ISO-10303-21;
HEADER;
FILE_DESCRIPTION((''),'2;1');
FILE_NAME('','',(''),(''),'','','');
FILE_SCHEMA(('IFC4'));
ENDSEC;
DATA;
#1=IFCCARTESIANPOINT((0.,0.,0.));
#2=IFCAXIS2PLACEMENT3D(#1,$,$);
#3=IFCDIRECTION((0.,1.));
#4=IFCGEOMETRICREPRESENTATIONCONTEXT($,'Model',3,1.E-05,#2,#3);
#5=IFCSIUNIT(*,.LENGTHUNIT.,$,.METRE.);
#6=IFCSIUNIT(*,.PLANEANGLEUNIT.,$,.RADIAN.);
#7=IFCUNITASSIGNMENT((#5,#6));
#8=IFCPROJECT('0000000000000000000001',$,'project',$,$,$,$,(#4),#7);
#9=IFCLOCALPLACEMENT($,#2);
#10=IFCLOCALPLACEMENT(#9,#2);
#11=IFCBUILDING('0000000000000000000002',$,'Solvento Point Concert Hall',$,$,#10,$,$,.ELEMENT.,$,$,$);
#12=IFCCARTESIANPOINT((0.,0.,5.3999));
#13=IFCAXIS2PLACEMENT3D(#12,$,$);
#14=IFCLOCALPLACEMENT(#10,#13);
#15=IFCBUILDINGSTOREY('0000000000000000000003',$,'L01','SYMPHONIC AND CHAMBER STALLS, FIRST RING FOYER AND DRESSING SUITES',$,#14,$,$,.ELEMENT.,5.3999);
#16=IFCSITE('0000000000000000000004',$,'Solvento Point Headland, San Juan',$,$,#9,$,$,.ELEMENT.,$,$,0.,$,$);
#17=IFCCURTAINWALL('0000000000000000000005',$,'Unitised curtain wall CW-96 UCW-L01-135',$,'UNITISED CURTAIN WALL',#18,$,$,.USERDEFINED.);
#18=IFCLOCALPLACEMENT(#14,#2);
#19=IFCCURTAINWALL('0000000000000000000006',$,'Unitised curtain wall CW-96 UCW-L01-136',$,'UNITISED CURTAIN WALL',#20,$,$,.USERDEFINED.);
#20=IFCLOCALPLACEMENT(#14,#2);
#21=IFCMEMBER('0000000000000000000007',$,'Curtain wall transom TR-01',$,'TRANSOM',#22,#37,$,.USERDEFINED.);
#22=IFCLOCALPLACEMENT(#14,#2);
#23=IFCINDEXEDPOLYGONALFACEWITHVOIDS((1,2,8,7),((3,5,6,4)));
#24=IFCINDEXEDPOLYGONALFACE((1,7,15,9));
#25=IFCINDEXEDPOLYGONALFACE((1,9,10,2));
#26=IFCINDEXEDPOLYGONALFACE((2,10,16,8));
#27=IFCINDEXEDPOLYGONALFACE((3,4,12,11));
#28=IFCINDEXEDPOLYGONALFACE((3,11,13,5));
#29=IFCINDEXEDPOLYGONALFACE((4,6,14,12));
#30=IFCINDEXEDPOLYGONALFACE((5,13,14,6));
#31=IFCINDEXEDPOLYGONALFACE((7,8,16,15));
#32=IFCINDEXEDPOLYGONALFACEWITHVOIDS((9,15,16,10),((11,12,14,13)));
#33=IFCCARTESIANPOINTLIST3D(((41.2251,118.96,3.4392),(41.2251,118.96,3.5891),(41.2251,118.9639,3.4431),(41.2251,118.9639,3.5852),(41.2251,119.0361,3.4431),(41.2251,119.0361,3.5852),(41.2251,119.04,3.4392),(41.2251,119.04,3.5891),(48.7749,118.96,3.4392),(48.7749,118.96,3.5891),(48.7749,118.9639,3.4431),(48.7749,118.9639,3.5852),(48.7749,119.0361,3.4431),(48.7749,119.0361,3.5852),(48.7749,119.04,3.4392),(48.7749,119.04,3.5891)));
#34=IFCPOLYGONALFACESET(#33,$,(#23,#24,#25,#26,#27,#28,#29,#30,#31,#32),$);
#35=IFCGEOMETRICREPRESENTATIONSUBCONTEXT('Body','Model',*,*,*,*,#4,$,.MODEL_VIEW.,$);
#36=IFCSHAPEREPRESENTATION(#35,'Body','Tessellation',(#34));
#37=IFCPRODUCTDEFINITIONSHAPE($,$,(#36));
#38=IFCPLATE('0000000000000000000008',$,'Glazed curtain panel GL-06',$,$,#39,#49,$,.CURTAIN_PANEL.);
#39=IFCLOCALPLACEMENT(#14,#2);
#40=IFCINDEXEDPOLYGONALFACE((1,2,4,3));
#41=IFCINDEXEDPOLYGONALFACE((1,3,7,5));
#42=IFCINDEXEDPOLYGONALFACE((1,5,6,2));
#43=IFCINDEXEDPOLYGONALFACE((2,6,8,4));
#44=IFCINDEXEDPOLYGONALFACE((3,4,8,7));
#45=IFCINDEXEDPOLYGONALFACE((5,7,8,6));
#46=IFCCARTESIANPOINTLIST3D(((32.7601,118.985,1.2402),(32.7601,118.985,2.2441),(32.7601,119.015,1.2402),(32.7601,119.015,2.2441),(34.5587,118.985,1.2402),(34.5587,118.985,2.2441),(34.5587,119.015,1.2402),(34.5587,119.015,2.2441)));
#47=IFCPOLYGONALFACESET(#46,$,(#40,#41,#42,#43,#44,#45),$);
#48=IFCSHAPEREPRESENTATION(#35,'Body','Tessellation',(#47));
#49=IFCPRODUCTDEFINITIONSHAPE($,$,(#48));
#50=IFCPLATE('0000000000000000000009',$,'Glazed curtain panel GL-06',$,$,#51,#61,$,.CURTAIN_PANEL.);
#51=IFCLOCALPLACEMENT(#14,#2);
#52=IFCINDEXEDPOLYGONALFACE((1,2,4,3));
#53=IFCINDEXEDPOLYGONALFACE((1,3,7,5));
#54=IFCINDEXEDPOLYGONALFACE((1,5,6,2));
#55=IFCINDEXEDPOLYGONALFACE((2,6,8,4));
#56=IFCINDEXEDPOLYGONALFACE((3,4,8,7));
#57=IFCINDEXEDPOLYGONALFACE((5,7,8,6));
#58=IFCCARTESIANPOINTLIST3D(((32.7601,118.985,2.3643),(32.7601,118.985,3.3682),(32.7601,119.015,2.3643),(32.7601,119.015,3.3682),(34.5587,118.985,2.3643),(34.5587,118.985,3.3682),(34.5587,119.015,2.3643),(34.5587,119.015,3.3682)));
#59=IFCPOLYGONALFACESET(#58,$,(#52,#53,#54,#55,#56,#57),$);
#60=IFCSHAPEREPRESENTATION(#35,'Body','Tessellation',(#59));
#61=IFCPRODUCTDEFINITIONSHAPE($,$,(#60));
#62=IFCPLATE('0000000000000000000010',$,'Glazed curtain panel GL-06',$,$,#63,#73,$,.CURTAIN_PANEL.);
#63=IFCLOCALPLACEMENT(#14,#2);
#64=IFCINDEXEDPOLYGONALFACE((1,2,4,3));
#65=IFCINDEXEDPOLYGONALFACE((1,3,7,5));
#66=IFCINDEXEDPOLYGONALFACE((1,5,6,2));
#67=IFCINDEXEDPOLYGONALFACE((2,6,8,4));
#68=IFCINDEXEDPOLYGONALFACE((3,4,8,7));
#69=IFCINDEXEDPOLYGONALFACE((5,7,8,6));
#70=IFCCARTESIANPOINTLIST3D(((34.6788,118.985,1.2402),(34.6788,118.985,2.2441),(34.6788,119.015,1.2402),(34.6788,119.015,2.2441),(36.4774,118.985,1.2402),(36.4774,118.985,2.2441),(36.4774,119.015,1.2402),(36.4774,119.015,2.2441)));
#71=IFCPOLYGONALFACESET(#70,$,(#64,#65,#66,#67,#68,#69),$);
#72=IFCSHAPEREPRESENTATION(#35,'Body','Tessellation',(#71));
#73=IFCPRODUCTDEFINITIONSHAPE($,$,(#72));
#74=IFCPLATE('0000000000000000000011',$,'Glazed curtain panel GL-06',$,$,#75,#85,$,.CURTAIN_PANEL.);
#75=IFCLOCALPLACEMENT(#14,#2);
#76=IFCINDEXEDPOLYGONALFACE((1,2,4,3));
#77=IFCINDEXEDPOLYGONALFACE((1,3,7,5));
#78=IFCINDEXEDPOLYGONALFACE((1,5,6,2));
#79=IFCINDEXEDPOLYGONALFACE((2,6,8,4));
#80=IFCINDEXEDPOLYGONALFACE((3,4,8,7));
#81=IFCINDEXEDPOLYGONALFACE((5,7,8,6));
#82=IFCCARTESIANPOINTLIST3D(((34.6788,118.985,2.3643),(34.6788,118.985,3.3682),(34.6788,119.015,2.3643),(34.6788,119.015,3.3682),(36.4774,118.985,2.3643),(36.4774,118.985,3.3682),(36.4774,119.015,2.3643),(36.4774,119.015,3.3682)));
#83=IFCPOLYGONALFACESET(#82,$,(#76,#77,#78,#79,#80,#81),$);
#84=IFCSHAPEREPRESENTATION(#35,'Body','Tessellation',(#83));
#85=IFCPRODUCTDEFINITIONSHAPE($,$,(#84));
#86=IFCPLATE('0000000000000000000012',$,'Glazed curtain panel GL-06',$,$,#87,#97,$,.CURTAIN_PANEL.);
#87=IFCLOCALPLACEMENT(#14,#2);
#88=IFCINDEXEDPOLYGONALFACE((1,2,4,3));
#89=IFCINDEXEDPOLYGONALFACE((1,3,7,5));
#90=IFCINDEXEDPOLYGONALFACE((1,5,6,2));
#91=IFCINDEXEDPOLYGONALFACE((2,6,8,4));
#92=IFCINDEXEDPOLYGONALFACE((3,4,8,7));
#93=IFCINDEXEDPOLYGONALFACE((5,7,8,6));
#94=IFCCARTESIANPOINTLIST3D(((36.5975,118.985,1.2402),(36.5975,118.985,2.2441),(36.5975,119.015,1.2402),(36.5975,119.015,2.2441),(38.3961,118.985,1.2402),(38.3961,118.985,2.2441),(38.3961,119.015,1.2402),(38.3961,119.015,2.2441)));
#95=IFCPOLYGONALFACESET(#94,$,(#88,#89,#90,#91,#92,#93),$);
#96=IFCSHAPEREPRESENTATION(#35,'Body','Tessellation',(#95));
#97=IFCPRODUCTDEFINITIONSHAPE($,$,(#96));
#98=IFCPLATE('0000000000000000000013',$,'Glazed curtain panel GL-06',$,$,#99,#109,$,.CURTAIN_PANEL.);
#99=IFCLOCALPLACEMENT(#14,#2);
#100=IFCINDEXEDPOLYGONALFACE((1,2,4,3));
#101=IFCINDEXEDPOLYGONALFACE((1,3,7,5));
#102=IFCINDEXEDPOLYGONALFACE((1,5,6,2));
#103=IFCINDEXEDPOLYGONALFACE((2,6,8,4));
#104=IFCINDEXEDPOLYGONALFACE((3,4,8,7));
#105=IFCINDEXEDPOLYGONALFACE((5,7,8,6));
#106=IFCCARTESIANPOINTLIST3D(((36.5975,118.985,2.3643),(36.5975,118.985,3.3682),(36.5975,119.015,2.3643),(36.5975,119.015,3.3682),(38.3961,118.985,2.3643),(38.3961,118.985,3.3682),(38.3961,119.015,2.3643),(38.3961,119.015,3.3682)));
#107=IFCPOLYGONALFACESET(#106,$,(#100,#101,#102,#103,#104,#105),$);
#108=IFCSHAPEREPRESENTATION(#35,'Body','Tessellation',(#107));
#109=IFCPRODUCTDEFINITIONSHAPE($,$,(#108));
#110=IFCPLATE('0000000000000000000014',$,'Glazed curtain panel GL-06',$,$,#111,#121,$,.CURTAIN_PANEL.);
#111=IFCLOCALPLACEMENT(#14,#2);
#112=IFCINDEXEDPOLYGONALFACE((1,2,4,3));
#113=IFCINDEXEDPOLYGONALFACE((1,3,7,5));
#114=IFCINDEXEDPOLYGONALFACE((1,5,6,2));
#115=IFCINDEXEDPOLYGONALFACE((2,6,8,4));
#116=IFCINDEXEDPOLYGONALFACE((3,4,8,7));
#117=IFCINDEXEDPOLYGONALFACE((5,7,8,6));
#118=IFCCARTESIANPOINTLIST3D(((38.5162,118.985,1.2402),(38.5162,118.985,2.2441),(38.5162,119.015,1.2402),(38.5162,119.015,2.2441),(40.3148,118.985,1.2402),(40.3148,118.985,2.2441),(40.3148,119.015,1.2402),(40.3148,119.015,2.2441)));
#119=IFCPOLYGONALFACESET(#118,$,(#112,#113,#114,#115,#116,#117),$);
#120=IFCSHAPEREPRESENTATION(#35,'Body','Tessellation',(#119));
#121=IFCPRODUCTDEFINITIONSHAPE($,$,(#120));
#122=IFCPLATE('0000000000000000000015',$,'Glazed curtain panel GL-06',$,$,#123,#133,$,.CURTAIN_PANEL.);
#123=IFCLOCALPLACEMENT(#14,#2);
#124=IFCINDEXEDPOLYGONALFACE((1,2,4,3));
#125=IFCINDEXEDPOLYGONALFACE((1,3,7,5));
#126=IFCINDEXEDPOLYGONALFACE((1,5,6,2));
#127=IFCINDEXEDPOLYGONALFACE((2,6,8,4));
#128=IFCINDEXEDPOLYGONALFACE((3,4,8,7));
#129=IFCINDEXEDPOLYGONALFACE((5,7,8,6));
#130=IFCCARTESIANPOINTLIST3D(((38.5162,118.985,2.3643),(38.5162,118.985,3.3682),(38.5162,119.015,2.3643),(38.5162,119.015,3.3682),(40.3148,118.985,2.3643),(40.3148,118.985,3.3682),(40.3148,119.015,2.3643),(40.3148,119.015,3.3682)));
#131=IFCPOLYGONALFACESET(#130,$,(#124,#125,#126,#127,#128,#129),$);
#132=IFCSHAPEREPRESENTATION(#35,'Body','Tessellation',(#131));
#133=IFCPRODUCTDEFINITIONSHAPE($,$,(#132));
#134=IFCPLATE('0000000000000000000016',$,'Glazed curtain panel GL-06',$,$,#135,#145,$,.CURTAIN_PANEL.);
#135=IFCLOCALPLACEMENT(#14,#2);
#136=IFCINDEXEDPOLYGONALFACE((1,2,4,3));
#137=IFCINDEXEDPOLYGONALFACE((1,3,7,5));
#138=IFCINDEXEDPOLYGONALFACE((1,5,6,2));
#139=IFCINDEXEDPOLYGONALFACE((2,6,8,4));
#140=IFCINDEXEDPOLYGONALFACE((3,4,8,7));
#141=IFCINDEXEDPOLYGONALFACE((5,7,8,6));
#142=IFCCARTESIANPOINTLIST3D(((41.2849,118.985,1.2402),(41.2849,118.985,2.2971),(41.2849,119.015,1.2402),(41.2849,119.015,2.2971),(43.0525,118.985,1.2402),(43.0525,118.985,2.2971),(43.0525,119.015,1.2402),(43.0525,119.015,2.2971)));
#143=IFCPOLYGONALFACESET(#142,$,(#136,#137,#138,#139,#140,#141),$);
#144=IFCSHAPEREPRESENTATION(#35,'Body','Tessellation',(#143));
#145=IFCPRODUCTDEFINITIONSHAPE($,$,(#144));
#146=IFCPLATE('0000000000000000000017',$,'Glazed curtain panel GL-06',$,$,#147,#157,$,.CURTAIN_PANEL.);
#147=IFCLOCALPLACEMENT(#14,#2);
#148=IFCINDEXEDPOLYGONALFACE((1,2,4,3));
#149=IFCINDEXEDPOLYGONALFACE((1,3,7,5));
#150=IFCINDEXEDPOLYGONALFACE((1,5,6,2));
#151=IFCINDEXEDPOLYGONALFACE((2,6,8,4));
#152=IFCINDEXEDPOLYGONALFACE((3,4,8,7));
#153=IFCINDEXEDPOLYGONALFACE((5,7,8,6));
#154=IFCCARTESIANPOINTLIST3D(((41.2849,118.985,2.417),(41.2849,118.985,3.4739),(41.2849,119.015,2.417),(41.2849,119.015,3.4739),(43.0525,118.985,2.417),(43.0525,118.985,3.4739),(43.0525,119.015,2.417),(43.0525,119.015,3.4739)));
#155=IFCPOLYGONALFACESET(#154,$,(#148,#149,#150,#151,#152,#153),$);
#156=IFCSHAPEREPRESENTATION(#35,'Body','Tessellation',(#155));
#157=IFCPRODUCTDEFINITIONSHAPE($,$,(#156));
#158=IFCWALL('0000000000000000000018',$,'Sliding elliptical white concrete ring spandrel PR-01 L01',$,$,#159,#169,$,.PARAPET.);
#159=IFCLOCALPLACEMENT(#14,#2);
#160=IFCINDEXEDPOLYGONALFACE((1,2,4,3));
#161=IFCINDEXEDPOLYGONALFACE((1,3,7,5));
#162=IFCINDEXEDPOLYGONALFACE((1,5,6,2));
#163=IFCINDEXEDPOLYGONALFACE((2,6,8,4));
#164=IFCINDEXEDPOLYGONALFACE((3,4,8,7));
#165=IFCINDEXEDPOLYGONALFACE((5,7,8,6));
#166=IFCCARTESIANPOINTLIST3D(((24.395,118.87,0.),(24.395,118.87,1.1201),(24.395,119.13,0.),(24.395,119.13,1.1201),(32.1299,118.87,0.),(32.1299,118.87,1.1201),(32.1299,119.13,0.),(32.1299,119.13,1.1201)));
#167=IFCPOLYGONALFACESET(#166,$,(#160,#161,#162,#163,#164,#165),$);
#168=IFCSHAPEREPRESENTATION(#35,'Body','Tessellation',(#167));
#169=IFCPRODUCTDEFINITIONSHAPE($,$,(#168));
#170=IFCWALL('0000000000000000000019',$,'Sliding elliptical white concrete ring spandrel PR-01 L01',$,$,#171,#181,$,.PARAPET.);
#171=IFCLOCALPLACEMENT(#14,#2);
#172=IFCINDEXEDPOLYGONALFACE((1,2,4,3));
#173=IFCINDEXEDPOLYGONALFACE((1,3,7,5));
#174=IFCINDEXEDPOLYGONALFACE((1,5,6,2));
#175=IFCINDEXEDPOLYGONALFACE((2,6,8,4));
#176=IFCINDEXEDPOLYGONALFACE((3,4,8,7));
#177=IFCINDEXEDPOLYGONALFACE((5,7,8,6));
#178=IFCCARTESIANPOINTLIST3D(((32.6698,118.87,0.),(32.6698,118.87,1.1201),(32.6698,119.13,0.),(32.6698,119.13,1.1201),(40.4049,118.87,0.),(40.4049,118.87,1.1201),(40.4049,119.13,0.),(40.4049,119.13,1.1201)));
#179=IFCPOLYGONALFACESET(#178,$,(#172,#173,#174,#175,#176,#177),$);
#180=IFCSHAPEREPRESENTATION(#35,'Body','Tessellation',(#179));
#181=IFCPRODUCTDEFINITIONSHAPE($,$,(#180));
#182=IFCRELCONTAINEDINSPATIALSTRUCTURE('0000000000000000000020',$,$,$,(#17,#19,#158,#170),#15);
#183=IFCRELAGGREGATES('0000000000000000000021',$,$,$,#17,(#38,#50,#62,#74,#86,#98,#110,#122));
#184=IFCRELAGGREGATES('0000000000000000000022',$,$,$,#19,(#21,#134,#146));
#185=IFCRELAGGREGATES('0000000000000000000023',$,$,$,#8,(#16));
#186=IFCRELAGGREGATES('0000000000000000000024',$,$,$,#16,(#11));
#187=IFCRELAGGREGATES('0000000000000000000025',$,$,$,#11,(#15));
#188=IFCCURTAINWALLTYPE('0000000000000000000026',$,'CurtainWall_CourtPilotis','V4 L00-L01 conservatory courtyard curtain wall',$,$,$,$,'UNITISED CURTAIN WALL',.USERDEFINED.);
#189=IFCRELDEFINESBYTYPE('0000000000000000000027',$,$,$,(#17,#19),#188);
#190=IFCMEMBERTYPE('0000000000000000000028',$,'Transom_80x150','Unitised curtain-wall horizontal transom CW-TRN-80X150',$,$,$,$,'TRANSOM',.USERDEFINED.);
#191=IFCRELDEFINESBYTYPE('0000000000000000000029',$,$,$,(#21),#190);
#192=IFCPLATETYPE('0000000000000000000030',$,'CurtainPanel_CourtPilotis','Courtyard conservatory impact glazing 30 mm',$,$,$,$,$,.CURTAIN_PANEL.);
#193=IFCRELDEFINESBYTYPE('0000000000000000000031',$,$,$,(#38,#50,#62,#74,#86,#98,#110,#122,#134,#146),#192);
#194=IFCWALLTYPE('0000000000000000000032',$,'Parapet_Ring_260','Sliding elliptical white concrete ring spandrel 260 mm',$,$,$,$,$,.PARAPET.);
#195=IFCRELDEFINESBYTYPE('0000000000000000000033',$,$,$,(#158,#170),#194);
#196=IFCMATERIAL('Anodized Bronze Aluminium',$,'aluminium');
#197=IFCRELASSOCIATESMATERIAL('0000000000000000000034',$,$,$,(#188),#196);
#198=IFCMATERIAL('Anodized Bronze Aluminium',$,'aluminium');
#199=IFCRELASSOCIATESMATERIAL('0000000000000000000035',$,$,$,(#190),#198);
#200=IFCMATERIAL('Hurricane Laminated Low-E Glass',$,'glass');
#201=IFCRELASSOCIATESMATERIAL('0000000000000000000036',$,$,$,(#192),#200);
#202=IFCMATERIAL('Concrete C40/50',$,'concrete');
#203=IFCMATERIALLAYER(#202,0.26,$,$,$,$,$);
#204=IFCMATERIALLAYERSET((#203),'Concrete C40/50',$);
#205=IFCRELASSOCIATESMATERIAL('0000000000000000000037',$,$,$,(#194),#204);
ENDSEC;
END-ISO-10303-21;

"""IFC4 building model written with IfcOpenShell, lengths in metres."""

from ifc_helpers import new_model, si_unit, direction, frame, frame_2d, origin, origin_2d, place, context, subcontext, project, spatial, rectangle, hollow_rectangle, extrude, material, layer, layer_set, material_profile, profile_set, type_object, element, aggregate, save


model = new_model("IFC4")

# Units and contexts
model_context = context("Model", 3, precision=1e-05, world=origin(), true_north=direction((0.0, 1.0)))
body_context = subcontext(model_context, "Body", "Model", "MODEL_VIEW")
ifc_project = project(units=[si_unit("LENGTHUNIT", "METRE"), si_unit("PLANEANGLEUNIT", "RADIAN")], contexts=[model_context])

# Site, building, storey
site_placement = place(None, origin())
site = spatial("IfcSite", under=ifc_project, at=site_placement, Name="Solvento Point Headland, San Juan", CompositionType="ELEMENT", RefElevation=0.0)
building_placement = place(site_placement, origin())
building = spatial("IfcBuilding", under=site, at=building_placement, Name="Solvento Point Concert Hall", CompositionType="ELEMENT")
storey_placement = place(building_placement, frame((0.0, 0.0, 5.3999)))
storey = spatial("IfcBuildingStorey", under=building, at=storey_placement, Name="L01", Description="SYMPHONIC AND CHAMBER STALLS, FIRST RING FOYER AND DRESSING SUITES", CompositionType="ELEMENT", Elevation=5.3999)

# Curtain walls
ifc_material_1 = material(Name="Anodized Bronze Aluminium", Category="aluminium")
curtain_wall_type = type_object("IfcCurtainWallType", Name="CurtainWall_CourtPilotis", Description="V4 L00-L01 conservatory courtyard curtain wall", ElementType="UNITISED CURTAIN WALL", PredefinedType="USERDEFINED", material=ifc_material_1)
curtain_wall_1_placement = place(storey_placement, origin())
curtain_wall_1 = element("IfcCurtainWall", 1, at=curtain_wall_1_placement, inside=storey, type_object=curtain_wall_type, Name="Unitised curtain wall CW-96 UCW-L01-135", ObjectType="UNITISED CURTAIN WALL", PredefinedType="USERDEFINED")
curtain_wall_2_placement = place(storey_placement, origin())
curtain_wall_2 = element("IfcCurtainWall", 2, at=curtain_wall_2_placement, inside=storey, type_object=curtain_wall_type, Name="Unitised curtain wall CW-96 UCW-L01-136", ObjectType="UNITISED CURTAIN WALL", PredefinedType="USERDEFINED")

# Member
ifc_material_2 = material(Name="Anodized Bronze Aluminium", Category="aluminium")
ifc_material_profile_1 = material_profile(ifc_material_2, hollow_rectangle(XDim=0.0801, YDim=0.1499, WallThickness=0.0039, at=origin_2d()), Name="CW-TRN-80X150")
ifc_profile_set_1 = profile_set([ifc_material_profile_1], Name="Anodized Bronze Aluminium")
member_type_1 = type_object("IfcMemberType", Name="Transom_80x150", Description="Unitised curtain-wall horizontal transom CW-TRN-80X150", ElementType="TRANSOM", PredefinedType="USERDEFINED", material=ifc_profile_set_1)
member_1_placement = place(storey_placement, frame((41.2251, 119.0, 3.5142), z_axis=(1.0, 0.0, 0.0), x_axis=(0.0, 1.0, 0.0)))
member_1 = element("IfcMember", 3, at=member_1_placement, type_object=member_type_1, Name="Curtain wall transom TR-01", ObjectType="TRANSOM", PredefinedType="USERDEFINED", context=body_context, shape_type="SweptSolid", body=[
    extrude(hollow_rectangle(XDim=0.0801, YDim=0.1499, WallThickness=0.0039, at=origin_2d()), origin(), (0.0, 0.0, 1.0), 7.5498),
])

# Plates
ifc_material_3 = material(Name="Hurricane Laminated Low-E Glass", Category="glass")
plate_type = type_object("IfcPlateType", Name="CurtainPanel_CourtPilotis", Description="Courtyard conservatory impact glazing 30 mm", PredefinedType="CURTAIN_PANEL", material=ifc_material_3)
plate_1_placement = place(storey_placement, frame((33.6594, 119.0, 1.2402), z_axis=(0.0, 0.0, 1.0), x_axis=(1.0, 0.0, 0.0)))
plate_1 = element("IfcPlate", 4, at=plate_1_placement, type_object=plate_type, Name="Glazed curtain panel GL-06", PredefinedType="CURTAIN_PANEL", context=body_context, shape_type="SweptSolid", body=[
    extrude(rectangle(XDim=1.7986, YDim=0.03, at=origin_2d()), origin(), (0.0, 0.0, 1.0), 1.0039),
])
plate_2_placement = place(storey_placement, frame((33.6594, 119.0, 2.3643), z_axis=(0.0, 0.0, 1.0), x_axis=(1.0, 0.0, 0.0)))
plate_2 = element("IfcPlate", 5, at=plate_2_placement, type_object=plate_type, Name="Glazed curtain panel GL-06", PredefinedType="CURTAIN_PANEL", context=body_context, shape_type="SweptSolid", body=[
    extrude(rectangle(XDim=1.7986, YDim=0.03, at=origin_2d()), origin(), (0.0, 0.0, 1.0), 1.0039),
])
plate_3_placement = place(storey_placement, frame((35.5781, 119.0, 1.2402), z_axis=(0.0, 0.0, 1.0), x_axis=(1.0, 0.0, 0.0)))
plate_3 = element("IfcPlate", 6, at=plate_3_placement, type_object=plate_type, Name="Glazed curtain panel GL-06", PredefinedType="CURTAIN_PANEL", context=body_context, shape_type="SweptSolid", body=[
    extrude(rectangle(XDim=1.7986, YDim=0.03, at=origin_2d()), origin(), (0.0, 0.0, 1.0), 1.0039),
])
plate_4_placement = place(storey_placement, frame((35.5781, 119.0, 2.3643), z_axis=(0.0, 0.0, 1.0), x_axis=(1.0, 0.0, 0.0)))
plate_4 = element("IfcPlate", 7, at=plate_4_placement, type_object=plate_type, Name="Glazed curtain panel GL-06", PredefinedType="CURTAIN_PANEL", context=body_context, shape_type="SweptSolid", body=[
    extrude(rectangle(XDim=1.7986, YDim=0.03, at=origin_2d()), origin(), (0.0, 0.0, 1.0), 1.0039),
])
plate_5_placement = place(storey_placement, frame((37.4968, 119.0, 1.2402), z_axis=(0.0, 0.0, 1.0), x_axis=(1.0, 0.0, 0.0)))
plate_5 = element("IfcPlate", 8, at=plate_5_placement, type_object=plate_type, Name="Glazed curtain panel GL-06", PredefinedType="CURTAIN_PANEL", context=body_context, shape_type="SweptSolid", body=[
    extrude(rectangle(XDim=1.7986, YDim=0.03, at=origin_2d()), origin(), (0.0, 0.0, 1.0), 1.0039),
])
plate_6_placement = place(storey_placement, frame((37.4968, 119.0, 2.3643), z_axis=(0.0, 0.0, 1.0), x_axis=(1.0, 0.0, 0.0)))
plate_6 = element("IfcPlate", 9, at=plate_6_placement, type_object=plate_type, Name="Glazed curtain panel GL-06", PredefinedType="CURTAIN_PANEL", context=body_context, shape_type="SweptSolid", body=[
    extrude(rectangle(XDim=1.7986, YDim=0.03, at=origin_2d()), origin(), (0.0, 0.0, 1.0), 1.0039),
])
plate_7_placement = place(storey_placement, frame((39.4155, 119.0, 1.2402), z_axis=(0.0, 0.0, 1.0), x_axis=(1.0, 0.0, 0.0)))
plate_7 = element("IfcPlate", 10, at=plate_7_placement, type_object=plate_type, Name="Glazed curtain panel GL-06", PredefinedType="CURTAIN_PANEL", context=body_context, shape_type="SweptSolid", body=[
    extrude(rectangle(XDim=1.7986, YDim=0.03, at=origin_2d()), origin(), (0.0, 0.0, 1.0), 1.0039),
])
plate_8_placement = place(storey_placement, frame((39.4155, 119.0, 2.3643), z_axis=(0.0, 0.0, 1.0), x_axis=(1.0, 0.0, 0.0)))
plate_8 = element("IfcPlate", 11, at=plate_8_placement, type_object=plate_type, Name="Glazed curtain panel GL-06", PredefinedType="CURTAIN_PANEL", context=body_context, shape_type="SweptSolid", body=[
    extrude(rectangle(XDim=1.7986, YDim=0.03, at=origin_2d()), origin(), (0.0, 0.0, 1.0), 1.0039),
])
aggregate(curtain_wall_1, [plate_1, plate_2, plate_3, plate_4, plate_5, plate_6, plate_7, plate_8])
plate_9_placement = place(storey_placement, frame((42.1687, 119.0, 1.2402), z_axis=(0.0, 0.0, 1.0), x_axis=(1.0, 0.0, 0.0)))
plate_9 = element("IfcPlate", 12, at=plate_9_placement, type_object=plate_type, Name="Glazed curtain panel GL-06", PredefinedType="CURTAIN_PANEL", context=body_context, shape_type="SweptSolid", body=[
    extrude(rectangle(XDim=1.7676, YDim=0.03, at=origin_2d()), origin(), (0.0, 0.0, 1.0), 1.0569),
])
plate_10_placement = place(storey_placement, frame((42.1687, 119.0, 2.417), z_axis=(0.0, 0.0, 1.0), x_axis=(1.0, 0.0, 0.0)))
plate_10 = element("IfcPlate", 13, at=plate_10_placement, type_object=plate_type, Name="Glazed curtain panel GL-06", PredefinedType="CURTAIN_PANEL", context=body_context, shape_type="SweptSolid", body=[
    extrude(rectangle(XDim=1.7676, YDim=0.03, at=origin_2d()), origin(), (0.0, 0.0, 1.0), 1.0569),
])
aggregate(curtain_wall_2, [member_1, plate_9, plate_10])

# Walls
ifc_material_4 = material(Name="Concrete C40/50", Category="concrete")
ifc_layer = layer(ifc_material_4, 0.26)
ifc_layer_set = layer_set([ifc_layer], Name="Concrete C40/50")
wall_type = type_object("IfcWallType", Name="Parapet_Ring_260", Description="Sliding elliptical white concrete ring spandrel 260 mm", PredefinedType="PARAPET", material=ifc_layer_set)
wall_1_placement = place(storey_placement, frame((32.1299, 119.0, 0.0), z_axis=(0.0, 0.0, 1.0), x_axis=(-1.0, 0.0, 0.0)))
element("IfcWall", 14, at=wall_1_placement, inside=storey, type_object=wall_type, Name="Sliding elliptical white concrete ring spandrel PR-01 L01", PredefinedType="PARAPET", context=body_context, shape_type="SweptSolid", body=[
    extrude(rectangle(XDim=7.7349, YDim=0.26, at=frame_2d((3.8674, 0.0))), origin(), (0.0, 0.0, 1.0), 1.1201),
])
wall_2_placement = place(storey_placement, frame((40.405, 119.0, 0.0), z_axis=(0.0, 0.0, 1.0), x_axis=(-1.0, 0.0, 0.0)))
element("IfcWall", 15, at=wall_2_placement, inside=storey, type_object=wall_type, Name="Sliding elliptical white concrete ring spandrel PR-01 L01", PredefinedType="PARAPET", context=body_context, shape_type="SweptSolid", body=[
    extrude(rectangle(XDim=7.7351, YDim=0.26, at=frame_2d((3.8677, 0.0))), origin(), (0.0, 0.0, 1.0), 1.1201),
])

save(model, "model.ifc")
